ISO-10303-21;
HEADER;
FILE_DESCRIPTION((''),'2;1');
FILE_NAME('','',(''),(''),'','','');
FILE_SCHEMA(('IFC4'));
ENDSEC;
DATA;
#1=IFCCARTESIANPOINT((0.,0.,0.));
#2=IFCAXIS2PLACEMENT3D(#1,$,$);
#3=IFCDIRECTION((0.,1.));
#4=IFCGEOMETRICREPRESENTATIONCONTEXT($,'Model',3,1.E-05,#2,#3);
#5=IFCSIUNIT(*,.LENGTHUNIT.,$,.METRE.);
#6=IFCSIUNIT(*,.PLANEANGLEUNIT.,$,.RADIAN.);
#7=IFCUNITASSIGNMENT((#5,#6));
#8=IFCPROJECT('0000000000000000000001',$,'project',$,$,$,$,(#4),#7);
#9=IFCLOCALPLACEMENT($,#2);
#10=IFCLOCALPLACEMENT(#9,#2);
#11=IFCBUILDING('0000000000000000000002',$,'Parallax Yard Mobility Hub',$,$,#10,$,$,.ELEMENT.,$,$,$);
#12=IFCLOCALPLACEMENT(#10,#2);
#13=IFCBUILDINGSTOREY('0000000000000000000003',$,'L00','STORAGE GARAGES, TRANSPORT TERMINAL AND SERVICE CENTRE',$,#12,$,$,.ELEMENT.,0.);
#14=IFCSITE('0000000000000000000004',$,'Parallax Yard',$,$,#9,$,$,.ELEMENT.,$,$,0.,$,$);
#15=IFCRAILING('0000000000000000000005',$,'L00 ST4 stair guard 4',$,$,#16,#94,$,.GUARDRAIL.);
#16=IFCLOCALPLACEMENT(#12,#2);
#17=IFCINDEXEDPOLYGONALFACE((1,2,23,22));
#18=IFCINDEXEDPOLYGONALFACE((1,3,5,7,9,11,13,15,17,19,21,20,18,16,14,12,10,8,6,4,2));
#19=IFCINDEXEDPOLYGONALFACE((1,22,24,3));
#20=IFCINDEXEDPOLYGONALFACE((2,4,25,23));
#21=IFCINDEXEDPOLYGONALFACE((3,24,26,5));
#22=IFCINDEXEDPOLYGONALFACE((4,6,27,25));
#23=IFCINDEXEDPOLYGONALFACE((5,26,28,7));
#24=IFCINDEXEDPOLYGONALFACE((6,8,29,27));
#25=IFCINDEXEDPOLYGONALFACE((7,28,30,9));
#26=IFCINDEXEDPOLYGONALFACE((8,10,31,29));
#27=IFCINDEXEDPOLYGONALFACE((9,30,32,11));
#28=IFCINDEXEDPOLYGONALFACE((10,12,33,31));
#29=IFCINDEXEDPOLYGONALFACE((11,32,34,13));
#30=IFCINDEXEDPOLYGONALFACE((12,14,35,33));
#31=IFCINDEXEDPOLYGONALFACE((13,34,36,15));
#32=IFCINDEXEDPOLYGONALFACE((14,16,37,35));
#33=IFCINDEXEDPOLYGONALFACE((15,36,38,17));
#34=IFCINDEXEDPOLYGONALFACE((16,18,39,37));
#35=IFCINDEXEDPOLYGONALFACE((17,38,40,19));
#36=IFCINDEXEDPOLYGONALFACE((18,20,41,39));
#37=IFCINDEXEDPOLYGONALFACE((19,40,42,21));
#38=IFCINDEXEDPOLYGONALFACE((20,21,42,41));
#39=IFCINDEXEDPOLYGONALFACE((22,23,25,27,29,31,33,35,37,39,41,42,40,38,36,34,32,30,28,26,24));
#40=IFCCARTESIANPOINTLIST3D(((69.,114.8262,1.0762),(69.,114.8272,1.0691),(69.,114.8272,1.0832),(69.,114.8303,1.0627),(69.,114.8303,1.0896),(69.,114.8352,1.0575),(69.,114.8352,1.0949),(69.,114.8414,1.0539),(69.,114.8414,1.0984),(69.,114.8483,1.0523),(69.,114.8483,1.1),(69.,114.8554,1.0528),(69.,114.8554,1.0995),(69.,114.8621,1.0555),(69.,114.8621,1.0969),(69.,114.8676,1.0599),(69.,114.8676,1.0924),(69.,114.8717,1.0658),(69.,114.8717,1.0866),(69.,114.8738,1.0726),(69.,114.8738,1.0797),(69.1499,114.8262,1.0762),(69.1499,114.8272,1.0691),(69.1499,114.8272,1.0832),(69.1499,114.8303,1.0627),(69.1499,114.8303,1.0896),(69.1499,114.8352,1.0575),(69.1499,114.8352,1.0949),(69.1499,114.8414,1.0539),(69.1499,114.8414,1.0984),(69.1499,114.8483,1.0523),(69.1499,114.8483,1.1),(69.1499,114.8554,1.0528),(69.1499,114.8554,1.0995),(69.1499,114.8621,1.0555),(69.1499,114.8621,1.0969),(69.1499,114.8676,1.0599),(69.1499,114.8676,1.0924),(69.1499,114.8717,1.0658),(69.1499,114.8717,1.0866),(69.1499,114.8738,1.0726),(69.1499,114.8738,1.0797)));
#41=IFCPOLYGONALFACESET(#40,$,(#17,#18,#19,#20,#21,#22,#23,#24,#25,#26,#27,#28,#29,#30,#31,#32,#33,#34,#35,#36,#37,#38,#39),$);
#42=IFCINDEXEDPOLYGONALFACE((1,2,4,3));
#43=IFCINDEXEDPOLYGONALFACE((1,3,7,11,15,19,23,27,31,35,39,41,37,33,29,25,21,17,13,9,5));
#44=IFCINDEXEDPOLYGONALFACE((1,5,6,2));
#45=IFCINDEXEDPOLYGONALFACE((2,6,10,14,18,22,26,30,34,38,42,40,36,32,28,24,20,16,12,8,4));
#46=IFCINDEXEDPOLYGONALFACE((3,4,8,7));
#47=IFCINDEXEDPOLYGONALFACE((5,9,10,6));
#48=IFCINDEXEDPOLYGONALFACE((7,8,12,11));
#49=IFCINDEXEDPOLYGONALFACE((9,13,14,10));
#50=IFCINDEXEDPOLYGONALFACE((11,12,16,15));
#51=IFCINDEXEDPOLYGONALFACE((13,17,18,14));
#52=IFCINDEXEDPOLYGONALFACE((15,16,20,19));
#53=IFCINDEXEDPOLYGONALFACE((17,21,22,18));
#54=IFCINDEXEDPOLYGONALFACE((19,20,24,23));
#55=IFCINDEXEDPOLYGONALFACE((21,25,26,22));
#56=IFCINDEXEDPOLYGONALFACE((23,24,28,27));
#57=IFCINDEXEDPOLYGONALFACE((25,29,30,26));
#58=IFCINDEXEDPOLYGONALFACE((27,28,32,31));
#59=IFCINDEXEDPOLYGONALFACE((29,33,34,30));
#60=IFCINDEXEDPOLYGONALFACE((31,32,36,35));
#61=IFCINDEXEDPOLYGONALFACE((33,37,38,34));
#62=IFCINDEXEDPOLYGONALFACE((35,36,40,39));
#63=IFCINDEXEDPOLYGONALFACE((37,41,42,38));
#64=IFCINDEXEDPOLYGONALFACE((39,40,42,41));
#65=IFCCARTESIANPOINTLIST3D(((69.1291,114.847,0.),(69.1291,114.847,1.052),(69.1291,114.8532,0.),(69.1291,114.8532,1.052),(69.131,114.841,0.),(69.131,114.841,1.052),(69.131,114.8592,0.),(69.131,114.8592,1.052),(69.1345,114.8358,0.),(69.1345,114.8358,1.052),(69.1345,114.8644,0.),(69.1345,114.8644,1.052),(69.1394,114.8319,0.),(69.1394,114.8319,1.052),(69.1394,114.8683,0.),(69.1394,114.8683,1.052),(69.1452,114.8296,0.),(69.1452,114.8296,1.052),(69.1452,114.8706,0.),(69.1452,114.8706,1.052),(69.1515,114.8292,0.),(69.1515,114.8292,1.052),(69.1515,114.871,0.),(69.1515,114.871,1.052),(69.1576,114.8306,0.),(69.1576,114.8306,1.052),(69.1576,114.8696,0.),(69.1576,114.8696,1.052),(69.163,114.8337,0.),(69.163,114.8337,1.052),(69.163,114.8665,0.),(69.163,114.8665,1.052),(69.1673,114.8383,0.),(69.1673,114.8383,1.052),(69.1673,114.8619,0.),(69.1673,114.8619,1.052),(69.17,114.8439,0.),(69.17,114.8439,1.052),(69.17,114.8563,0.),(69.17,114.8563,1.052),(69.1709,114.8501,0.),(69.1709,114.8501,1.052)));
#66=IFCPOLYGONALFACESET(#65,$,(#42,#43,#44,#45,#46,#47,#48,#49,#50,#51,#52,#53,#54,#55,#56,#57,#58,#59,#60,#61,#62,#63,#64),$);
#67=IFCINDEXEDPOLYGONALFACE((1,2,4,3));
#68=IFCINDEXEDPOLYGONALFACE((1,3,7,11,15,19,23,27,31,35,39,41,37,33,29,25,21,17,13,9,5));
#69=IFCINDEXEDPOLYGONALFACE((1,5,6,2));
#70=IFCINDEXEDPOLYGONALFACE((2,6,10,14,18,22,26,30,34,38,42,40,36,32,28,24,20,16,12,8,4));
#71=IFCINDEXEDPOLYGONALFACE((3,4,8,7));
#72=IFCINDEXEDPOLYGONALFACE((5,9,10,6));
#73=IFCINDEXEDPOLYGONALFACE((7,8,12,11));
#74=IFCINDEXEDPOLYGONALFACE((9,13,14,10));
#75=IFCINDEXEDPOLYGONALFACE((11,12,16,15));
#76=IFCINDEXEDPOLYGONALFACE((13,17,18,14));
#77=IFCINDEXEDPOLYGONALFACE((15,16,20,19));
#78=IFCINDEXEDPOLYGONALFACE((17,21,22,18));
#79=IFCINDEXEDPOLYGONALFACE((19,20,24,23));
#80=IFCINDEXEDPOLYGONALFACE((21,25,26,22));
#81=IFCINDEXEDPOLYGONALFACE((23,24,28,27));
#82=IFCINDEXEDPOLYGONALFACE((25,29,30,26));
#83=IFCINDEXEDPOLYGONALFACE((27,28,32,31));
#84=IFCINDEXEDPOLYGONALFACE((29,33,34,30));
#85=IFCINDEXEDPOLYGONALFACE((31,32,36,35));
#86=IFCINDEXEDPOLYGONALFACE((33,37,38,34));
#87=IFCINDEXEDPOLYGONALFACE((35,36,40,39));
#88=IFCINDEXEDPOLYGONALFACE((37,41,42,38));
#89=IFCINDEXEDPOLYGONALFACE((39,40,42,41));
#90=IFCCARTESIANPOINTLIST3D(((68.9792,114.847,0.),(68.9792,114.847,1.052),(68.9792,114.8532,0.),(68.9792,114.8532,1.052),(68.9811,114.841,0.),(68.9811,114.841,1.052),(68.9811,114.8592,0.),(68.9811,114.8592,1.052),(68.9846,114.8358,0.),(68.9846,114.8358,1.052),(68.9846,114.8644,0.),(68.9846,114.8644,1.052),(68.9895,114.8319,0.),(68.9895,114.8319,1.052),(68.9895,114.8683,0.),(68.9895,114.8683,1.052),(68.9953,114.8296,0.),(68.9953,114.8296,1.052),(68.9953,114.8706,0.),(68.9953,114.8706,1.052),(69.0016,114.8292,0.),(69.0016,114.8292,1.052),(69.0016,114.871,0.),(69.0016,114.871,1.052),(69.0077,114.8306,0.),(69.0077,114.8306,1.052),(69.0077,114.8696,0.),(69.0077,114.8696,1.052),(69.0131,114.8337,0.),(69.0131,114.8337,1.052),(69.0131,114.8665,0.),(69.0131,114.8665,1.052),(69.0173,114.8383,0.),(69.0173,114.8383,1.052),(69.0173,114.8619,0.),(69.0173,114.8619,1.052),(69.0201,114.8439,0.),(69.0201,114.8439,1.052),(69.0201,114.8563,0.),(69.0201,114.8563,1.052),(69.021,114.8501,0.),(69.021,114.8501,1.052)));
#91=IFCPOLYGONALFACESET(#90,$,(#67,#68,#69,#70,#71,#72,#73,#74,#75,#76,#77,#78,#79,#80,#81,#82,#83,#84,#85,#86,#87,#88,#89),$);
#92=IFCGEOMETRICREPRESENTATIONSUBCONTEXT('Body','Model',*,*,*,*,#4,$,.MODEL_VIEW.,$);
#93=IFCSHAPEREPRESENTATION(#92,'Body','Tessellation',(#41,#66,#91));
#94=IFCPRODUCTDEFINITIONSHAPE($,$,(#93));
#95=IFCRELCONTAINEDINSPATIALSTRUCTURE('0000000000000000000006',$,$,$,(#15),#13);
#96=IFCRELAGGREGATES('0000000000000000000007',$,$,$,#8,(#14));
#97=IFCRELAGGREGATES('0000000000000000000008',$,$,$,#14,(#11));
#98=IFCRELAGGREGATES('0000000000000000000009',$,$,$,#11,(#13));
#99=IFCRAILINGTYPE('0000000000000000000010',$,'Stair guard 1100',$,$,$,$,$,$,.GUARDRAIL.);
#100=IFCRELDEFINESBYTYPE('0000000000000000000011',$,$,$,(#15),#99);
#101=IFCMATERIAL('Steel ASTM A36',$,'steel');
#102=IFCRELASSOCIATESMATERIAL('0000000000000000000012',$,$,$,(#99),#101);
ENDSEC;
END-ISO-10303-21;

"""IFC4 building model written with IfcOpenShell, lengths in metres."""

from ifc_helpers import new_model, si_unit, direction, frame, origin, origin_2d, place, context, subcontext, project, spatial, circle, extrude, material, type_object, element, save


model = new_model("IFC4")

# Units and contexts
model_context = context("Model", 3, precision=1e-05, world=origin(), true_north=direction((0.0, 1.0)))
body_context = subcontext(model_context, "Body", "Model", "MODEL_VIEW")
ifc_project = project(units=[si_unit("LENGTHUNIT", "METRE"), si_unit("PLANEANGLEUNIT", "RADIAN")], contexts=[model_context])

# Site, building, storey
site_placement = place(None, origin())
site = spatial("IfcSite", under=ifc_project, at=site_placement, Name="Parallax Yard", CompositionType="ELEMENT", RefElevation=0.0)
building_placement = place(site_placement, origin())
building = spatial("IfcBuilding", under=site, at=building_placement, Name="Parallax Yard Mobility Hub", CompositionType="ELEMENT")
storey_placement = place(building_placement, origin())
storey = spatial("IfcBuildingStorey", under=building, at=storey_placement, Name="L00", Description="STORAGE GARAGES, TRANSPORT TERMINAL AND SERVICE CENTRE", CompositionType="ELEMENT", Elevation=0.0)

# Railing
ifc_material_1 = material(Name="Steel ASTM A36", Category="steel")
railing_type_1 = type_object("IfcRailingType", Name="Stair guard 1100", PredefinedType="GUARDRAIL", material=ifc_material_1)
railing_1_placement = place(storey_placement, frame((69.1499, 114.8501, 0.0)))
element("IfcRailing", 1, at=railing_1_placement, inside=storey, type_object=railing_type_1, Name="L00 ST4 stair guard 4", PredefinedType="GUARDRAIL", context=body_context, shape_type="SweptSolid", body=[
    extrude(circle(Radius=0.0239, at=origin_2d()), frame((0.0, 0.0, 1.0762), z_axis=(-1.0, 0.0, 0.0), x_axis=(0.0, -1.0, 0.0)), (0.0, 0.0, 1.0), 0.1499),
    extrude(circle(Radius=0.021, at=origin_2d()), origin(), (0.0, 0.0, 1.0), 1.052),
    extrude(circle(Radius=0.021, at=origin_2d()), frame((-0.1499, 0.0, 0.0)), (0.0, 0.0, 1.0), 1.052),
])

save(model, "model.ifc")
